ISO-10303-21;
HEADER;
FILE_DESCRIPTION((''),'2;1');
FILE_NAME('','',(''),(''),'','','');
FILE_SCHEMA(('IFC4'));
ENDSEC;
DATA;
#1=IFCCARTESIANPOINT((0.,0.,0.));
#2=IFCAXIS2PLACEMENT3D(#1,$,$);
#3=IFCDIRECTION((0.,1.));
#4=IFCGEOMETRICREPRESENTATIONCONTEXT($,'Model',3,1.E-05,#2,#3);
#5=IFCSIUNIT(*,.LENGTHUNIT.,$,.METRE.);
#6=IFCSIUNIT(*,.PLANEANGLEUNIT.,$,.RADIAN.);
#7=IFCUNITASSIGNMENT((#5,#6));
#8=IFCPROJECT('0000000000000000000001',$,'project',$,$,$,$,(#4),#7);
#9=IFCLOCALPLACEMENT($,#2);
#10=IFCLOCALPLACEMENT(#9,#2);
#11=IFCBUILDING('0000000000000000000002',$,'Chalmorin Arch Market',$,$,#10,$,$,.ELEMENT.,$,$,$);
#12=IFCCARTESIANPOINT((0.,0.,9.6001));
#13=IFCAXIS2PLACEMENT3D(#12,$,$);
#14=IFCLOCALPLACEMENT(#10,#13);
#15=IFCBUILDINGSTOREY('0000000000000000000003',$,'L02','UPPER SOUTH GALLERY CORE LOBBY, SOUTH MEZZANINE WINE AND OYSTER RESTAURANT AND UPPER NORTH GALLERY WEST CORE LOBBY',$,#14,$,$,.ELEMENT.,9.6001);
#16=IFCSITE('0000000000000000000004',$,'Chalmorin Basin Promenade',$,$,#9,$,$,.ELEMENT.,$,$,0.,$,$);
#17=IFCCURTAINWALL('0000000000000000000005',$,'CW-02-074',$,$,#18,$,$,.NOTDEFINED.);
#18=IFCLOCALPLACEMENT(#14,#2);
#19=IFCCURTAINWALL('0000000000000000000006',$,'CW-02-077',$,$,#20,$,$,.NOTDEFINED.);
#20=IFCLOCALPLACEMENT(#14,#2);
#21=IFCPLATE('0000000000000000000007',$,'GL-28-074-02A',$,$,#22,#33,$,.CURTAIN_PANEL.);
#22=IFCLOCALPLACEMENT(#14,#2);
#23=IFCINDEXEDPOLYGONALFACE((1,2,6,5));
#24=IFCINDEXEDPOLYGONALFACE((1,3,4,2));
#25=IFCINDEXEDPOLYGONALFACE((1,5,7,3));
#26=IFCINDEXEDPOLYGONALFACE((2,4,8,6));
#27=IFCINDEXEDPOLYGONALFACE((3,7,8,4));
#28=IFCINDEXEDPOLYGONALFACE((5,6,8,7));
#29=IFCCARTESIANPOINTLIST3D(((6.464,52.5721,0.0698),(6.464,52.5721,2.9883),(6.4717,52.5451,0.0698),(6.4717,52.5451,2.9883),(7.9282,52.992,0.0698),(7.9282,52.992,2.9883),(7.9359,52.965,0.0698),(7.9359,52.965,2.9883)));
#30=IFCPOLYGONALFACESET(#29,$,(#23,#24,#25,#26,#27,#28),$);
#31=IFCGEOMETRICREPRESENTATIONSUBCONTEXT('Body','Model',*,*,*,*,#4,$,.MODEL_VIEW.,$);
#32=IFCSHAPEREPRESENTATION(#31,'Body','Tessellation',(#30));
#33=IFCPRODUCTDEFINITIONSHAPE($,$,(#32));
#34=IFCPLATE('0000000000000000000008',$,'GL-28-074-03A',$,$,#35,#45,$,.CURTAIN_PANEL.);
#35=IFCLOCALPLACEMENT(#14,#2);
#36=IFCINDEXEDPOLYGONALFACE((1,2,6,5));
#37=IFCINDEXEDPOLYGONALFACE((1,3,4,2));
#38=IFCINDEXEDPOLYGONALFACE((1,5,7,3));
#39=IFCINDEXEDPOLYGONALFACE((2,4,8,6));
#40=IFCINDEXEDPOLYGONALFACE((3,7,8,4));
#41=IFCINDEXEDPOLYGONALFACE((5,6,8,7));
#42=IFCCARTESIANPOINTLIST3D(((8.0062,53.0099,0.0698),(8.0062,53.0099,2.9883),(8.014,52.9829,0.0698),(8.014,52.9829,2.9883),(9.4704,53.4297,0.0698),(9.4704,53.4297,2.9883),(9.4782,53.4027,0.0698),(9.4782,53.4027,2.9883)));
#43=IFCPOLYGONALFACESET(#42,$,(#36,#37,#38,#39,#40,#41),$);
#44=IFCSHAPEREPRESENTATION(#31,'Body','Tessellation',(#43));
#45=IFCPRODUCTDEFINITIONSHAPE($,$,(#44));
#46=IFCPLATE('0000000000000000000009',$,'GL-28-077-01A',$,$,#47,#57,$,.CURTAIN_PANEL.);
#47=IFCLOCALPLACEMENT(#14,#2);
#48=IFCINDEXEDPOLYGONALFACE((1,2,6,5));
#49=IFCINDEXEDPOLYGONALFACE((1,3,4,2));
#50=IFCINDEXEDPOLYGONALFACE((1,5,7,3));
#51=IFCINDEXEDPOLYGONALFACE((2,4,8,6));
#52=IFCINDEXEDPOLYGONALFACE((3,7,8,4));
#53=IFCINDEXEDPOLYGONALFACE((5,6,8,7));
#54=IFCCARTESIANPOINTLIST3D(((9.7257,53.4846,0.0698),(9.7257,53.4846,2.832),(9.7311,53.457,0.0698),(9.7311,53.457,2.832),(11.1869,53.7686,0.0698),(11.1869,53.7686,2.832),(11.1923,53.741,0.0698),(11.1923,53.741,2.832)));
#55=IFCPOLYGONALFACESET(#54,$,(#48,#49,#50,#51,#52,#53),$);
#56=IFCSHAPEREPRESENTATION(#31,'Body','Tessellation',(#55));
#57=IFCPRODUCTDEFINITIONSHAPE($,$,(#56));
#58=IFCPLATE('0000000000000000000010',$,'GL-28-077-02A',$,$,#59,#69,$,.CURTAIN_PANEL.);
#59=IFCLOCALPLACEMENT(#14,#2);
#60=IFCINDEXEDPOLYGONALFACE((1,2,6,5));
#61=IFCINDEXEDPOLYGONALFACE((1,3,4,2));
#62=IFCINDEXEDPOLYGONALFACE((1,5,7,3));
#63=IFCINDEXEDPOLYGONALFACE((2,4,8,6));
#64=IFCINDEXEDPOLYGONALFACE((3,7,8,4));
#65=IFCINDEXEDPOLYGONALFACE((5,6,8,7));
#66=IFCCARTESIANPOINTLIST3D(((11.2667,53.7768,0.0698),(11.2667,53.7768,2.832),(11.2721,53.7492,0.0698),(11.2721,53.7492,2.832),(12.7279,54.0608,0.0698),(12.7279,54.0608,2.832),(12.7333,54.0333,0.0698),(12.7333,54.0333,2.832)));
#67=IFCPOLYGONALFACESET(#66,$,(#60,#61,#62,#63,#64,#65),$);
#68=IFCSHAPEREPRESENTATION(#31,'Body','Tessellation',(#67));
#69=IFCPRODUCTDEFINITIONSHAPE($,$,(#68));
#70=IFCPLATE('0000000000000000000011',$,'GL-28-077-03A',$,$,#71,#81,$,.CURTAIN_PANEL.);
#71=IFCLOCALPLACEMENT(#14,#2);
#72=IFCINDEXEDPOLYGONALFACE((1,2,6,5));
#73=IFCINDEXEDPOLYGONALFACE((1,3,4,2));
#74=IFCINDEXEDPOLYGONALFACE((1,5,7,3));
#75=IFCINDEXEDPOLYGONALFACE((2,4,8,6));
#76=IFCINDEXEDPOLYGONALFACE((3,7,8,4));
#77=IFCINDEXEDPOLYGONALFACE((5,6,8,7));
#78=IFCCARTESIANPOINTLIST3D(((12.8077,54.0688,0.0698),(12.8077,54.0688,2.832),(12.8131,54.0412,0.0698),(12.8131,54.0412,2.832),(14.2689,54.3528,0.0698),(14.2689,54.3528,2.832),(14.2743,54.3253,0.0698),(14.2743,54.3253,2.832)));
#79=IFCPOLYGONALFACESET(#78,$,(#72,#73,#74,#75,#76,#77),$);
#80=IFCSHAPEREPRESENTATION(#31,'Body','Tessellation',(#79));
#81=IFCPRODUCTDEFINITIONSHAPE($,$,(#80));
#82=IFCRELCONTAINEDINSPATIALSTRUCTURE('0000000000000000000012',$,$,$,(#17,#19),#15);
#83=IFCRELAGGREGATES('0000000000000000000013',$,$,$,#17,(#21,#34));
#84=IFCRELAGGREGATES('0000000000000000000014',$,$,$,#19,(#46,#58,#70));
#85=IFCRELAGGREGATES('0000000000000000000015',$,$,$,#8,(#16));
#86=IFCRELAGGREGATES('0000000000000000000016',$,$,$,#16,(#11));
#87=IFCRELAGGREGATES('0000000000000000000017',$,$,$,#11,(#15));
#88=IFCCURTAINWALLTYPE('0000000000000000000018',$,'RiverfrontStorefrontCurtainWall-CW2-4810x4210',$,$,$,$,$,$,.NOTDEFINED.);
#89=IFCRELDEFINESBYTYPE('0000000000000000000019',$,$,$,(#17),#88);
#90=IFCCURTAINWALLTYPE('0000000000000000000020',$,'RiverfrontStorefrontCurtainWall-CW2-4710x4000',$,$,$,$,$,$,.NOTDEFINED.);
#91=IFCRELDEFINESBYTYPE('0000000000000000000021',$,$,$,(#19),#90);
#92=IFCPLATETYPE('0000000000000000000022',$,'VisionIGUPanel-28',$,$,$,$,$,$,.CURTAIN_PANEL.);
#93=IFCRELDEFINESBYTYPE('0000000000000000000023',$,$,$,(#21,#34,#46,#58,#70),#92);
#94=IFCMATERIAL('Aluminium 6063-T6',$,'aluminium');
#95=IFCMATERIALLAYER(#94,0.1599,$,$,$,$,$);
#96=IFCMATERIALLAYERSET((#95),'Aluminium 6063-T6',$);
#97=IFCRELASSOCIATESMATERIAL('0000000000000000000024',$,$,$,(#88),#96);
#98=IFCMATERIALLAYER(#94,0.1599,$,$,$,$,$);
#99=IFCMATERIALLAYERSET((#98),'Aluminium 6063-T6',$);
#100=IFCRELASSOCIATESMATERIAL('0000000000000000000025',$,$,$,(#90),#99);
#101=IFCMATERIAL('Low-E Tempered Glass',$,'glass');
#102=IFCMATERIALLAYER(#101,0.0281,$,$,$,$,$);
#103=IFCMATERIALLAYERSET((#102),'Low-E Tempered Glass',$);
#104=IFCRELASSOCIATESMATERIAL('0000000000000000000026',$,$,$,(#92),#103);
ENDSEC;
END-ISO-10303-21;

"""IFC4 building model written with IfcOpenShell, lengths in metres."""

from ifc_helpers import new_model, si_unit, direction, frame, origin, origin_2d, place, context, subcontext, project, spatial, rectangle, extrude, material, layer, layer_set, type_object, element, aggregate, save


model = new_model("IFC4")

# Units and contexts
model_context = context("Model", 3, precision=1e-05, world=origin(), true_north=direction((0.0, 1.0)))
body_context = subcontext(model_context, "Body", "Model", "MODEL_VIEW")
ifc_project = project(units=[si_unit("LENGTHUNIT", "METRE"), si_unit("PLANEANGLEUNIT", "RADIAN")], contexts=[model_context])

# Site, building, storey
site_placement = place(None, origin())
site = spatial("IfcSite", under=ifc_project, at=site_placement, Name="Chalmorin Basin Promenade", CompositionType="ELEMENT", RefElevation=0.0)
building_placement = place(site_placement, origin())
building = spatial("IfcBuilding", under=site, at=building_placement, Name="Chalmorin Arch Market", CompositionType="ELEMENT")
storey_placement = place(building_placement, frame((0.0, 0.0, 9.6001)))
storey = spatial("IfcBuildingStorey", under=building, at=storey_placement, Name="L02", Description="UPPER SOUTH GALLERY CORE LOBBY, SOUTH MEZZANINE WINE AND OYSTER RESTAURANT AND UPPER NORTH GALLERY WEST CORE LOBBY", CompositionType="ELEMENT", Elevation=9.6001)

# Curtain walls
ifc_material_1 = material(Name="Aluminium 6063-T6", Category="aluminium")
ifc_layer_1 = layer(ifc_material_1, 0.1599)
ifc_layer_set_1 = layer_set([ifc_layer_1], Name="Aluminium 6063-T6")
curtain_wall_type_1 = type_object("IfcCurtainWallType", Name="RiverfrontStorefrontCurtainWall-CW2-4810x4210", PredefinedType="NOTDEFINED", material=ifc_layer_set_1)
curtain_wall_1_placement = place(storey_placement, origin())
curtain_wall_1 = element("IfcCurtainWall", 1, at=curtain_wall_1_placement, inside=storey, type_object=curtain_wall_type_1, Name="CW-02-074", PredefinedType="NOTDEFINED")
ifc_layer_2 = layer(ifc_material_1, 0.1599)
ifc_layer_set_2 = layer_set([ifc_layer_2], Name="Aluminium 6063-T6")
curtain_wall_type_2 = type_object("IfcCurtainWallType", Name="RiverfrontStorefrontCurtainWall-CW2-4710x4000", PredefinedType="NOTDEFINED", material=ifc_layer_set_2)
curtain_wall_2_placement = place(storey_placement, origin())
curtain_wall_2 = element("IfcCurtainWall", 2, at=curtain_wall_2_placement, inside=storey, type_object=curtain_wall_type_2, Name="CW-02-077", PredefinedType="NOTDEFINED")

# Plates
ifc_material_2 = material(Name="Low-E Tempered Glass", Category="glass")
ifc_layer_3 = layer(ifc_material_2, 0.0281)
ifc_layer_set_3 = layer_set([ifc_layer_3], Name="Low-E Tempered Glass")
plate_type_1 = type_object("IfcPlateType", Name="VisionIGUPanel-28", PredefinedType="CURTAIN_PANEL", material=ifc_layer_set_3)
plate_1_placement = place(storey_placement, frame((7.2, 52.7686, 0.0698), z_axis=(0.0, 0.0, 1.0), x_axis=(0.961262, 0.275637, 0.0)))
plate_1 = element("IfcPlate", 3, at=plate_1_placement, type_object=plate_type_1, Name="GL-28-074-02A", PredefinedType="CURTAIN_PANEL", context=body_context, shape_type="SweptSolid", body=[
    extrude(rectangle(XDim=1.5232, YDim=0.0281, at=origin_2d()), origin(), (0.0, 0.0, 1.0), 2.9185),
])
plate_2_placement = place(storey_placement, frame((8.7422, 53.2063, 0.0698), z_axis=(0.0, 0.0, 1.0), x_axis=(0.961262, 0.275637, 0.0)))
plate_2 = element("IfcPlate", 4, at=plate_2_placement, type_object=plate_type_1, Name="GL-28-074-03A", PredefinedType="CURTAIN_PANEL", context=body_context, shape_type="SweptSolid", body=[
    extrude(rectangle(XDim=1.5232, YDim=0.0281, at=origin_2d()), origin(), (0.0, 0.0, 1.0), 2.9185),
])
aggregate(curtain_wall_1, [plate_1, plate_2])
plate_3_placement = place(storey_placement, frame((10.459, 53.6128, 0.0698), z_axis=(0.0, 0.0, 1.0), x_axis=(0.981627, 0.190809, 0.0)))
plate_3 = element("IfcPlate", 5, at=plate_3_placement, type_object=plate_type_1, Name="GL-28-077-01A", PredefinedType="CURTAIN_PANEL", context=body_context, shape_type="SweptSolid", body=[
    extrude(rectangle(XDim=1.4885, YDim=0.0281, at=origin_2d()), origin(), (0.0, 0.0, 1.0), 2.7622),
])
plate_4_placement = place(storey_placement, frame((12.0, 53.905, 0.0698), z_axis=(0.0, 0.0, 1.0), x_axis=(0.981627, 0.190809, 0.0)))
plate_4 = element("IfcPlate", 6, at=plate_4_placement, type_object=plate_type_1, Name="GL-28-077-02A", PredefinedType="CURTAIN_PANEL", context=body_context, shape_type="SweptSolid", body=[
    extrude(rectangle(XDim=1.4885, YDim=0.0281, at=origin_2d()), origin(), (0.0, 0.0, 1.0), 2.7622),
])
plate_5_placement = place(storey_placement, frame((13.541, 54.197, 0.0698), z_axis=(0.0, 0.0, 1.0), x_axis=(0.981627, 0.190809, 0.0)))
plate_5 = element("IfcPlate", 7, at=plate_5_placement, type_object=plate_type_1, Name="GL-28-077-03A", PredefinedType="CURTAIN_PANEL", context=body_context, shape_type="SweptSolid", body=[
    extrude(rectangle(XDim=1.4885, YDim=0.0281, at=origin_2d()), origin(), (0.0, 0.0, 1.0), 2.7622),
])
aggregate(curtain_wall_2, [plate_3, plate_4, plate_5])

save(model, "model.ifc")
